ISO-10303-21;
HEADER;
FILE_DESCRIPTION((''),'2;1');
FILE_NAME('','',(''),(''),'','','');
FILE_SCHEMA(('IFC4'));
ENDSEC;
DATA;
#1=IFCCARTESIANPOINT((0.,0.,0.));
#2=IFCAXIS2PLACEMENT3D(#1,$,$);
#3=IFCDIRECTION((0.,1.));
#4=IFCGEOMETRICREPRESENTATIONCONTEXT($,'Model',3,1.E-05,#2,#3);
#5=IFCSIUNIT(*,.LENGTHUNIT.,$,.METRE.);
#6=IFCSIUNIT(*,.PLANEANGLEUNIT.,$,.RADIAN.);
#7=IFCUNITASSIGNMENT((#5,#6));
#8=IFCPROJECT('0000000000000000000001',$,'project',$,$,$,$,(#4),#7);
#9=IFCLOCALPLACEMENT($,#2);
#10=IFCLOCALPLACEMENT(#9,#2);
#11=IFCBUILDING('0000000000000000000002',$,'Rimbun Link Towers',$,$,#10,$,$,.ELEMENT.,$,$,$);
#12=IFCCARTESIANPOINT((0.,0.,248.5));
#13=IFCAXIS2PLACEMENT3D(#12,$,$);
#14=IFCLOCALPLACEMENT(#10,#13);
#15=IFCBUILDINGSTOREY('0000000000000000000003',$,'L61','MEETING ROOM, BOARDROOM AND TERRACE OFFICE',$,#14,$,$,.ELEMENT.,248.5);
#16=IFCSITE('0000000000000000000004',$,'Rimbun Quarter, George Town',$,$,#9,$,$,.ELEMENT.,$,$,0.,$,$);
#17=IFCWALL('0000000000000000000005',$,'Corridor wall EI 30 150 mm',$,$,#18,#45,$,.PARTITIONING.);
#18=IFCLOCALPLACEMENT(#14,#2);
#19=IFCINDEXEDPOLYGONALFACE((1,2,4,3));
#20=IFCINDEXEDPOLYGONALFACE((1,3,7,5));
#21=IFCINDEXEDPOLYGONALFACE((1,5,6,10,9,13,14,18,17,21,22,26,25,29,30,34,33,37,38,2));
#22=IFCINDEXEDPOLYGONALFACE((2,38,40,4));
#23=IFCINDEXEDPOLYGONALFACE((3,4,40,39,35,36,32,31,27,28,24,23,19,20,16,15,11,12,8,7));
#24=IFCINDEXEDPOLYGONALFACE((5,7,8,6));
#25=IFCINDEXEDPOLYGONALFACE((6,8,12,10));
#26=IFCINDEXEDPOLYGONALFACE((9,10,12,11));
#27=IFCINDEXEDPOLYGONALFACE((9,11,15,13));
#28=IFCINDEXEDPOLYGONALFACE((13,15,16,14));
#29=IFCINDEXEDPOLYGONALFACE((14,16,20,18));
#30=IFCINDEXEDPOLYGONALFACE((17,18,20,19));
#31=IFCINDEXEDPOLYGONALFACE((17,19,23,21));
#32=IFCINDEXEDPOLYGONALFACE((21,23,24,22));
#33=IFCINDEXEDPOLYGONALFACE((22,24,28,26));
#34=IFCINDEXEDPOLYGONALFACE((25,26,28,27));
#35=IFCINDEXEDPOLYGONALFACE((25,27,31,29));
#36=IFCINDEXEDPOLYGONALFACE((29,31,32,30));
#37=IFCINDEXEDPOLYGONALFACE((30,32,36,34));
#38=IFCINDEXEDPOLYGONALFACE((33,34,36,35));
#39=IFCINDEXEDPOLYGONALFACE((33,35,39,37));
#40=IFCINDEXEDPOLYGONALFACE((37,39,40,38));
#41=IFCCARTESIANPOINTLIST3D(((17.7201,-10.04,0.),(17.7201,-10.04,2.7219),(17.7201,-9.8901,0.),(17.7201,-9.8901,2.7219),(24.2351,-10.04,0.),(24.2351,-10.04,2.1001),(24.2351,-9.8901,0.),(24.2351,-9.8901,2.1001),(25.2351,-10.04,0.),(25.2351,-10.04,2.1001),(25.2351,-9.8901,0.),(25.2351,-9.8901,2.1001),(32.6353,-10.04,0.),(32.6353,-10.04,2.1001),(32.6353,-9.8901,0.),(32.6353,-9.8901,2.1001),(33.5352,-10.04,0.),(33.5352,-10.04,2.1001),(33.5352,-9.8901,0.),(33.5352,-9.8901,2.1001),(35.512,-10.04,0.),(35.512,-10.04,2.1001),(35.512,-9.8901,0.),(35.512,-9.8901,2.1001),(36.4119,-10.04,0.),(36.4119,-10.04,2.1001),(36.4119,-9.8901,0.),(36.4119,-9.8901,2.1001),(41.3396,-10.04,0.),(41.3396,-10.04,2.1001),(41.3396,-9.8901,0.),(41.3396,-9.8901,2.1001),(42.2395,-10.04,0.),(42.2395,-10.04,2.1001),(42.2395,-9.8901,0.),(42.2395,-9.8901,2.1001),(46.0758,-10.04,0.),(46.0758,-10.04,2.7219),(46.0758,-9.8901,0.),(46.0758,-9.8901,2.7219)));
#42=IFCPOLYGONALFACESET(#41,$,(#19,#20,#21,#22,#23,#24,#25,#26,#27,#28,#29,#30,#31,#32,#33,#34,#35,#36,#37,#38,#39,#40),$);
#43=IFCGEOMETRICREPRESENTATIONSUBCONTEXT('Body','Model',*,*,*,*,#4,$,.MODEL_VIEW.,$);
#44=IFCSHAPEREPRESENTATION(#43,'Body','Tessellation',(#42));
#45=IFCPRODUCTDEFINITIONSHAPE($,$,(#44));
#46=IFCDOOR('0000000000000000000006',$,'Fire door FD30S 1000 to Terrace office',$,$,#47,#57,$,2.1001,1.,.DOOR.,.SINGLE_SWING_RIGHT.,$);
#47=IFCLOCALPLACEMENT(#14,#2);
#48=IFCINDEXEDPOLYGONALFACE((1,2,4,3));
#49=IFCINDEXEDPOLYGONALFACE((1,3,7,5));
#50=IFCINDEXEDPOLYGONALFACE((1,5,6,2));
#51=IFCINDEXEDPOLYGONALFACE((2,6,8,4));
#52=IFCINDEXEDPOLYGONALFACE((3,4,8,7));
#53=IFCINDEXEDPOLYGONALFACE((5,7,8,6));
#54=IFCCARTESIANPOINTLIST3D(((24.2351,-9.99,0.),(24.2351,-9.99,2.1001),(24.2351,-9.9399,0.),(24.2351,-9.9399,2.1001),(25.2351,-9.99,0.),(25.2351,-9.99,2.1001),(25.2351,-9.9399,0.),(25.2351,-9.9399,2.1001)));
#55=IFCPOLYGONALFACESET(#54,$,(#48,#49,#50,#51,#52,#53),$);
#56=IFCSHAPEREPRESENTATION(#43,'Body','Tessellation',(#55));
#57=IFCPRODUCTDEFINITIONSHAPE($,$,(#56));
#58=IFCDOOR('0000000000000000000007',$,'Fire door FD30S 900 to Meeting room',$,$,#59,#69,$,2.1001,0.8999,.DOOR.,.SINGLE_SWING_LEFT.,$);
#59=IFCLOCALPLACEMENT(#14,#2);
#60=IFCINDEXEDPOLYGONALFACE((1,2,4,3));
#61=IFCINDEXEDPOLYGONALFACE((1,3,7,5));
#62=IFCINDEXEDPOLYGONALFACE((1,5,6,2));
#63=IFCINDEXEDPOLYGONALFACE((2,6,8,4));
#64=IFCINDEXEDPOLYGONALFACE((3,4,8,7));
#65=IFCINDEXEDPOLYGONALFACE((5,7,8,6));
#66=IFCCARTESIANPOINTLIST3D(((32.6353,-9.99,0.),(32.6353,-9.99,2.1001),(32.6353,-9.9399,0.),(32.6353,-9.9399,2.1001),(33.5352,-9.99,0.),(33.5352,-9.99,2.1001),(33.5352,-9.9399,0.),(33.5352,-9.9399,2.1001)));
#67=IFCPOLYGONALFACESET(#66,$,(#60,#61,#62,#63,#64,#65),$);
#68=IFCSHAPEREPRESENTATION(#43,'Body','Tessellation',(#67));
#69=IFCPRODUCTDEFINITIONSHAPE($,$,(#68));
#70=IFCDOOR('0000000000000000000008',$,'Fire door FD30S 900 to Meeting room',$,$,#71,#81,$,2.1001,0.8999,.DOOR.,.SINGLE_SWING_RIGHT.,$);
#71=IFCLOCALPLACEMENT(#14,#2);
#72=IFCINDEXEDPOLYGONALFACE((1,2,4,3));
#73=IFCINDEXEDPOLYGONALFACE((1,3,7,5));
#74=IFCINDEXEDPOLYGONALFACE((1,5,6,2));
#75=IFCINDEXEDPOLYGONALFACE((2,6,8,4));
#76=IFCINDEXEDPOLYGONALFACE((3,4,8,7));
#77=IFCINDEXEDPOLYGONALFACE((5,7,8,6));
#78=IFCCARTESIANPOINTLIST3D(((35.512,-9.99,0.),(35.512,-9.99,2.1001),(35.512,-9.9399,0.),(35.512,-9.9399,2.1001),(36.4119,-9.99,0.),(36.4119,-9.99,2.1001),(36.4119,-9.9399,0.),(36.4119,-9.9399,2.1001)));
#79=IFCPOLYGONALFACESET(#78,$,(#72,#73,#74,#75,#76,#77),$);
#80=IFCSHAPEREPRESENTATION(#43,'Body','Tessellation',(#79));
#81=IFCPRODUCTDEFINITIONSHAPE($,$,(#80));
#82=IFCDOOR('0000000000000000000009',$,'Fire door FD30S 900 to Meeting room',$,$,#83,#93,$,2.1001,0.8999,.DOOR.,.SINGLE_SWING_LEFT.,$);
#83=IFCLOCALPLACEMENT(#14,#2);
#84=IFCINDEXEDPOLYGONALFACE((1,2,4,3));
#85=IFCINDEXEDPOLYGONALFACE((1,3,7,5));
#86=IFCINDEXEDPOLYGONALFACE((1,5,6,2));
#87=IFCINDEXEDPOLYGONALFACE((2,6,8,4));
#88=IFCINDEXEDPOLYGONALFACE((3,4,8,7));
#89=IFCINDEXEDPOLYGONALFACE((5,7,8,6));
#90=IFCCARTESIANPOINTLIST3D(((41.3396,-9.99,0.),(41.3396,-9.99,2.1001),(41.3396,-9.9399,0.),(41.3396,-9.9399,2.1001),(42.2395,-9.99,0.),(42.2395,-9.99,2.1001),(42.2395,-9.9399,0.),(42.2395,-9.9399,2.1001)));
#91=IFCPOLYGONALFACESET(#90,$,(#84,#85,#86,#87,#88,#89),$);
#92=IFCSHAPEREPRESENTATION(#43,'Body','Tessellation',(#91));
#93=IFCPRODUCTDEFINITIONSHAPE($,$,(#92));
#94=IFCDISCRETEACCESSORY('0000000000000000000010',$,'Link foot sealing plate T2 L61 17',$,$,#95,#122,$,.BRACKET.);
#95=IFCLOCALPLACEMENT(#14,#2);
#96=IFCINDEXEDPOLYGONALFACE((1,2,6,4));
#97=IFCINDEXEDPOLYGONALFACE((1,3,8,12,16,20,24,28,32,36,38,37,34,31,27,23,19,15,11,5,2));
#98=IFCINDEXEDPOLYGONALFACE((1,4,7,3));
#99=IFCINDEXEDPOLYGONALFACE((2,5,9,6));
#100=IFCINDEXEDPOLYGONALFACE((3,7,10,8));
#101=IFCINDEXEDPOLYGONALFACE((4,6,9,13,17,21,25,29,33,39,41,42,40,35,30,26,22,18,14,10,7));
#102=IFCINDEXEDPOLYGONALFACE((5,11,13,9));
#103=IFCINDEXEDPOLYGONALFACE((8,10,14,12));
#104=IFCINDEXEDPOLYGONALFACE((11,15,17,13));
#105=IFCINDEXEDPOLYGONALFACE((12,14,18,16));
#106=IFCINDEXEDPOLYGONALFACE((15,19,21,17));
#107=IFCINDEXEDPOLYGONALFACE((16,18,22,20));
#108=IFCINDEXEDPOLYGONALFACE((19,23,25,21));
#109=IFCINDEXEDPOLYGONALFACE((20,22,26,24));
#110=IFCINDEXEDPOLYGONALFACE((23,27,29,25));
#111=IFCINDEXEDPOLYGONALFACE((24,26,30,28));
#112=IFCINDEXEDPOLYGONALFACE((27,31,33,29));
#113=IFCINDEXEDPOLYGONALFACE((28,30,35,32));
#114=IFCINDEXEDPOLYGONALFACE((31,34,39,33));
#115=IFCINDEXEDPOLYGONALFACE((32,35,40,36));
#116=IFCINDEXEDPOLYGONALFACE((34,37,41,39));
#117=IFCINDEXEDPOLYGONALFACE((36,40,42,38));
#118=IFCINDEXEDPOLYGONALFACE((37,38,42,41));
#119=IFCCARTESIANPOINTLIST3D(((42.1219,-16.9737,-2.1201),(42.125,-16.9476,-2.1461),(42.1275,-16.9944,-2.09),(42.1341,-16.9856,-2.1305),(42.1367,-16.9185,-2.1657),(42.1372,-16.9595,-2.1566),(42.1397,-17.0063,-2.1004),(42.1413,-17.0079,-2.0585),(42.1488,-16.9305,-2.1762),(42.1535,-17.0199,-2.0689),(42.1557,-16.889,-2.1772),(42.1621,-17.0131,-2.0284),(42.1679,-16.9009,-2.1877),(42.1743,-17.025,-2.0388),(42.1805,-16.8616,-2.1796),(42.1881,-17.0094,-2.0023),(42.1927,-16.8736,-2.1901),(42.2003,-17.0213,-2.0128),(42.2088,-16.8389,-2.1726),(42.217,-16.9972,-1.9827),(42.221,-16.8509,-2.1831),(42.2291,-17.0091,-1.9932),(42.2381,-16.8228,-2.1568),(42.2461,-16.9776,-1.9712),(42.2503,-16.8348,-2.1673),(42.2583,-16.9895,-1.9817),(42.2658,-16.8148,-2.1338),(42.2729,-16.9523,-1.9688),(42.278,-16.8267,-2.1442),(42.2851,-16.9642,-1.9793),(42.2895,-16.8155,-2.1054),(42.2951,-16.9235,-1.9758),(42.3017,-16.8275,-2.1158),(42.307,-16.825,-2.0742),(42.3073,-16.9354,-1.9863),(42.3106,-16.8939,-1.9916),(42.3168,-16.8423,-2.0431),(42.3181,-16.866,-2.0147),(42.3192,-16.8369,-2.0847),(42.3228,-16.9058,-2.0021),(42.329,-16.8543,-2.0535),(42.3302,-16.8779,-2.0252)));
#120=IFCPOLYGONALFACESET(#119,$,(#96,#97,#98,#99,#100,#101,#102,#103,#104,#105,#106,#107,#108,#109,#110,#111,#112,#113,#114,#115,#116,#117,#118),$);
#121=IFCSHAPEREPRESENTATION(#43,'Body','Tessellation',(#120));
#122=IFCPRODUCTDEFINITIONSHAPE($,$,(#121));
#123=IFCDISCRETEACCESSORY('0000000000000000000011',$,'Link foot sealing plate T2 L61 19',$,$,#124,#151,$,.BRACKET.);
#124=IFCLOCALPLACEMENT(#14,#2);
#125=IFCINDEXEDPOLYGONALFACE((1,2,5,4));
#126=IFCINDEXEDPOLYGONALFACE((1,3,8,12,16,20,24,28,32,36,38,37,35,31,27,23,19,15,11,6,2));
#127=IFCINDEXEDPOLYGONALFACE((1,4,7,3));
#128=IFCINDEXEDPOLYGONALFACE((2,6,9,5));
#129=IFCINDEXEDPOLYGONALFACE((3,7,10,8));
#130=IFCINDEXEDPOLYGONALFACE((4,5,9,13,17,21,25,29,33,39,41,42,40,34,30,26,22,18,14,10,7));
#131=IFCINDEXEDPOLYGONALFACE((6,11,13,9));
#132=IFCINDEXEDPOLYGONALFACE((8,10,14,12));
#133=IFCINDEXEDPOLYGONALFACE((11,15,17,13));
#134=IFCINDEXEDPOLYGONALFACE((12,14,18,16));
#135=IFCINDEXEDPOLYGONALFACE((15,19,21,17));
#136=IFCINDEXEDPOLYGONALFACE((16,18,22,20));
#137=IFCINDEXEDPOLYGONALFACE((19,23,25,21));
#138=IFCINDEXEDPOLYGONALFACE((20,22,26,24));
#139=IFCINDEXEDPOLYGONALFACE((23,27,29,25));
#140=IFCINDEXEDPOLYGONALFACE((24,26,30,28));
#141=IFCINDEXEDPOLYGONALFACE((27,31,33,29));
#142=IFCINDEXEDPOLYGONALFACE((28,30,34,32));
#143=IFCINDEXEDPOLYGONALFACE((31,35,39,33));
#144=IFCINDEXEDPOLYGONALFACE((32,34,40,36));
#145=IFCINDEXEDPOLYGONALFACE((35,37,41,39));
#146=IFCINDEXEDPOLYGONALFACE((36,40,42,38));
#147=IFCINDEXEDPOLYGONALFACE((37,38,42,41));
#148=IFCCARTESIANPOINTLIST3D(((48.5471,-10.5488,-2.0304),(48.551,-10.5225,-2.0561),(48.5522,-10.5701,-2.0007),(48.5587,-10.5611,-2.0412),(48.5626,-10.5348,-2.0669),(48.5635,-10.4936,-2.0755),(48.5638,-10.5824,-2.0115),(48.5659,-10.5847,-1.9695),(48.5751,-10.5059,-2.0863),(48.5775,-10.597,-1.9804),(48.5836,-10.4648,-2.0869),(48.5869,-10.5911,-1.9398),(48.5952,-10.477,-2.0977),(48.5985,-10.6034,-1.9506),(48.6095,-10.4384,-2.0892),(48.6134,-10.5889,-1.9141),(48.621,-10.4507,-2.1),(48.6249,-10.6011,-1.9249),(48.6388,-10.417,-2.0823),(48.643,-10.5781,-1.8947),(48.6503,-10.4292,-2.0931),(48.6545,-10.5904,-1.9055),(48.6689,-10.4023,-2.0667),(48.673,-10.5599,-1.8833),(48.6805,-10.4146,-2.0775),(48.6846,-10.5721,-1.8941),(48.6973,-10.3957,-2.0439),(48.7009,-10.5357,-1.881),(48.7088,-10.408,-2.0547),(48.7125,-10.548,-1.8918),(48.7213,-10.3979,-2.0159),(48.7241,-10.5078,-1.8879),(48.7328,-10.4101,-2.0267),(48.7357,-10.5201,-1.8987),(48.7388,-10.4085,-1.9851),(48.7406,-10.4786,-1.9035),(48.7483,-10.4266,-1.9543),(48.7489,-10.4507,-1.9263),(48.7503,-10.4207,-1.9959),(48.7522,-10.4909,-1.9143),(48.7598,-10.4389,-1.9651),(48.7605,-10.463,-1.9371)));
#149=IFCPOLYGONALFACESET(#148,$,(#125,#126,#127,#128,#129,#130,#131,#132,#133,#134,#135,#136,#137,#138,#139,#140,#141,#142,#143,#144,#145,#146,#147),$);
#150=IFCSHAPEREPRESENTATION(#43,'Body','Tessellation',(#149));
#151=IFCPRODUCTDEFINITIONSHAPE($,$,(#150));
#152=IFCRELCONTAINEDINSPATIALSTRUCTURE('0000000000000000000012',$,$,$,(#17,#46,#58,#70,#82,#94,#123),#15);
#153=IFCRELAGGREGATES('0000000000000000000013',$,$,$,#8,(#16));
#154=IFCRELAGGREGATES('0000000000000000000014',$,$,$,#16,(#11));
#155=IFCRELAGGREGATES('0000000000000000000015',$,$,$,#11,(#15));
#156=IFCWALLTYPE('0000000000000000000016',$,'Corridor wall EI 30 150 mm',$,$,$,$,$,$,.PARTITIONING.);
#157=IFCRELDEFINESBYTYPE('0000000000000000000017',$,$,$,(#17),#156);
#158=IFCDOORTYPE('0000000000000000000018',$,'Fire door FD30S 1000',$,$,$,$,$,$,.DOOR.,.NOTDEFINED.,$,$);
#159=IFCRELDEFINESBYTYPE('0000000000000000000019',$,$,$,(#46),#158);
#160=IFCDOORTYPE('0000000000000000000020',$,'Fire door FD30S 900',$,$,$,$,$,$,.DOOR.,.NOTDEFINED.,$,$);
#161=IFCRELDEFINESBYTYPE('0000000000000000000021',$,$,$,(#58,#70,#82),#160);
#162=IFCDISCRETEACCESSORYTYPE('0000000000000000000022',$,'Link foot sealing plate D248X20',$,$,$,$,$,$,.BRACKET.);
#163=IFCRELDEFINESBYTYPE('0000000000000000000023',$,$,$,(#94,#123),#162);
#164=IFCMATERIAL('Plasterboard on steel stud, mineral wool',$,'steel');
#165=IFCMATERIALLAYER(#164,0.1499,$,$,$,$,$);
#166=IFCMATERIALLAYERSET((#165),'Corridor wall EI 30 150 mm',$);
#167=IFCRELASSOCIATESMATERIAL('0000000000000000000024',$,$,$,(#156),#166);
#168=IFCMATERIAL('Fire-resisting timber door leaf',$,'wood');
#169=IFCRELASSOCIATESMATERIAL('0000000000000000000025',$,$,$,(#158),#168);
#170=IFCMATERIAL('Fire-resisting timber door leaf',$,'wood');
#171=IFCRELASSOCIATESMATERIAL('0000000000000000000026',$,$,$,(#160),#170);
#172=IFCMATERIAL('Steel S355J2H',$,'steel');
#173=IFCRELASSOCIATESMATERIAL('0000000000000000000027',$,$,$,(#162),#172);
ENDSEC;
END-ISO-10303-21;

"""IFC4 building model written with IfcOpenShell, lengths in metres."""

from ifc_helpers import new_model, si_unit, direction, frame, frame_2d, origin, origin_2d, place, context, subcontext, project, spatial, rectangle, circle, extrude, material, layer, layer_set, material_profile, profile_set, type_object, element, fill, save


model = new_model("IFC4")

# Units and contexts
model_context = context("Model", 3, precision=1e-05, world=origin(), true_north=direction((0.0, 1.0)))
body_context = subcontext(model_context, "Body", "Model", "MODEL_VIEW")
ifc_project = project(units=[si_unit("LENGTHUNIT", "METRE"), si_unit("PLANEANGLEUNIT", "RADIAN")], contexts=[model_context])

# Site, building, storey
site_placement = place(None, origin())
site = spatial("IfcSite", under=ifc_project, at=site_placement, Name="Rimbun Quarter, George Town", CompositionType="ELEMENT", RefElevation=0.0)
building_placement = place(site_placement, origin())
building = spatial("IfcBuilding", under=site, at=building_placement, Name="Rimbun Link Towers", CompositionType="ELEMENT")
storey_placement = place(building_placement, frame((0.0, 0.0, 248.5)))
storey = spatial("IfcBuildingStorey", under=building, at=storey_placement, Name="L61", Description="MEETING ROOM, BOARDROOM AND TERRACE OFFICE", CompositionType="ELEMENT", Elevation=248.5)

# Shared definitions
ifc_material_1 = material(Name="Plasterboard on steel stud, mineral wool", Category="steel")
ifc_layer_1 = layer(ifc_material_1, 0.1499)
ifc_layer_set_1 = layer_set([ifc_layer_1], Name="Corridor wall EI 30 150 mm")
wall_type = type_object("IfcWallType", Name="Corridor wall EI 30 150 mm", PredefinedType="PARTITIONING", material=ifc_layer_set_1)

# Wall, openings, doors
wall_1_placement = place(storey_placement, frame((46.0757, -9.9651, 0.0), z_axis=(0.0, 0.0, 1.0), x_axis=(-1.0, 0.0, 0.0)))
wall_1 = element("IfcWall", 1, at=wall_1_placement, inside=storey, type_object=wall_type, Name="Corridor wall EI 30 150 mm", PredefinedType="PARTITIONING", context=body_context, shape_type="SweptSolid", body=[
    extrude(rectangle(XDim=28.3557, YDim=0.1499, at=frame_2d((14.1777, 0.0))), origin(), (0.0, 0.0, 1.0), 2.7219),
])
opening_1_placement = place(wall_1_placement, frame((12.5405, 0.0, 0.0)))
opening_1 = element("IfcOpeningElement", 2, at=opening_1_placement, cuts=wall_1, PredefinedType="OPENING", context=body_context, shape_type="SweptSolid", body=[
    extrude(rectangle(XDim=0.8999, YDim=2.1001, at=frame_2d((0.45, 1.05))), frame((0.0, 0.085, 0.0), z_axis=(0.0, -1.0, 0.0), x_axis=(1.0, 0.0, 0.0)), (0.0, 0.0, 1.0), 0.1699),
])
opening_2_placement = place(wall_1_placement, frame((9.6638, 0.0, 0.0)))
opening_2 = element("IfcOpeningElement", 3, at=opening_2_placement, cuts=wall_1, PredefinedType="OPENING", context=body_context, shape_type="SweptSolid", body=[
    extrude(rectangle(XDim=0.8999, YDim=2.1001, at=frame_2d((0.45, 1.05))), frame((0.0, 0.085, 0.0), z_axis=(0.0, -1.0, 0.0), x_axis=(1.0, 0.0, 0.0)), (0.0, 0.0, 1.0), 0.1699),
])
opening_3_placement = place(wall_1_placement, frame((3.8362, 0.0, 0.0)))
opening_3 = element("IfcOpeningElement", 4, at=opening_3_placement, cuts=wall_1, PredefinedType="OPENING", context=body_context, shape_type="SweptSolid", body=[
    extrude(rectangle(XDim=0.8999, YDim=2.1001, at=frame_2d((0.45, 1.05))), frame((0.0, 0.085, 0.0), z_axis=(0.0, -1.0, 0.0), x_axis=(1.0, 0.0, 0.0)), (0.0, 0.0, 1.0), 0.1699),
])
opening_4_placement = place(wall_1_placement, frame((20.8406, 0.0, 0.0)))
opening_4 = element("IfcOpeningElement", 5, at=opening_4_placement, cuts=wall_1, PredefinedType="OPENING", context=body_context, shape_type="SweptSolid", body=[
    extrude(rectangle(XDim=1.0, YDim=2.1001, at=frame_2d((0.5, 1.05))), frame((0.0, 0.085, 0.0), z_axis=(0.0, -1.0, 0.0), x_axis=(1.0, 0.0, 0.0)), (0.0, 0.0, 1.0), 0.1699),
])
ifc_material_2 = material(Name="Fire-resisting timber door leaf", Category="wood")
door_type_1 = type_object("IfcDoorType", Name="Fire door FD30S 1000", OperationType="NOTDEFINED", PredefinedType="DOOR", material=ifc_material_2)
door_1_placement = place(opening_4_placement, origin())
door_1 = element("IfcDoor", 6, at=door_1_placement, inside=storey, type_object=door_type_1, Name="Fire door FD30S 1000 to Terrace office", OperationType="SINGLE_SWING_RIGHT", OverallHeight=2.1001, OverallWidth=1.0, PredefinedType="DOOR", context=body_context, shape_type="SweptSolid", body=[
    extrude(rectangle(XDim=1.0, YDim=2.1001, at=frame_2d((0.5, 1.05))), frame((0.0, 0.0249, 0.0), z_axis=(0.0, -1.0, 0.0), x_axis=(1.0, 0.0, 0.0)), (0.0, 0.0, 1.0), 0.05),
])
fill(opening_4, door_1)
ifc_material_3 = material(Name="Fire-resisting timber door leaf", Category="wood")
door_type_2 = type_object("IfcDoorType", Name="Fire door FD30S 900", OperationType="NOTDEFINED", PredefinedType="DOOR", material=ifc_material_3)
door_2_placement = place(opening_1_placement, origin())
door_2 = element("IfcDoor", 7, at=door_2_placement, inside=storey, type_object=door_type_2, Name="Fire door FD30S 900 to Meeting room", OperationType="SINGLE_SWING_LEFT", OverallHeight=2.1001, OverallWidth=0.8999, PredefinedType="DOOR", context=body_context, shape_type="SweptSolid", body=[
    extrude(rectangle(XDim=0.8999, YDim=2.1001, at=frame_2d((0.45, 1.05))), frame((0.0, 0.0249, 0.0), z_axis=(0.0, -1.0, 0.0), x_axis=(1.0, 0.0, 0.0)), (0.0, 0.0, 1.0), 0.05),
])
fill(opening_1, door_2)
door_3_placement = place(opening_2_placement, origin())
door_3 = element("IfcDoor", 8, at=door_3_placement, inside=storey, type_object=door_type_2, Name="Fire door FD30S 900 to Meeting room", OperationType="SINGLE_SWING_RIGHT", OverallHeight=2.1001, OverallWidth=0.8999, PredefinedType="DOOR", context=body_context, shape_type="SweptSolid", body=[
    extrude(rectangle(XDim=0.8999, YDim=2.1001, at=frame_2d((0.45, 1.05))), frame((0.0, 0.0249, 0.0), z_axis=(0.0, -1.0, 0.0), x_axis=(1.0, 0.0, 0.0)), (0.0, 0.0, 1.0), 0.05),
])
fill(opening_2, door_3)
door_4_placement = place(opening_3_placement, origin())
door_4 = element("IfcDoor", 9, at=door_4_placement, inside=storey, type_object=door_type_2, Name="Fire door FD30S 900 to Meeting room", OperationType="SINGLE_SWING_LEFT", OverallHeight=2.1001, OverallWidth=0.8999, PredefinedType="DOOR", context=body_context, shape_type="SweptSolid", body=[
    extrude(rectangle(XDim=0.8999, YDim=2.1001, at=frame_2d((0.45, 1.05))), frame((0.0, 0.0249, 0.0), z_axis=(0.0, -1.0, 0.0), x_axis=(1.0, 0.0, 0.0)), (0.0, 0.0, 1.0), 0.05),
])
fill(opening_3, door_4)

# Discrete accessories
ifc_material_4 = material(Name="Steel S355J2H", Category="steel")
ifc_material_profile_1 = material_profile(ifc_material_4, circle(Radius=0.124, at=origin_2d()), Name="PL D248")
ifc_profile_set_1 = profile_set([ifc_material_profile_1], Name="Steel S355J2H")
discrete_accessory_type = type_object("IfcDiscreteAccessoryType", Name="Link foot sealing plate D248X20", PredefinedType="BRACKET", material=ifc_profile_set_1)
for number, where, z_axis, x_axis, name in (
    (10, (42.2202, -16.9136, -2.0742), (0.608581, -0.596409, -0.523379), (0.699929, 0.714213, 0.0), "Link foot sealing plate T2 L61 17"),
    (11, (48.6484, -10.4934, -1.9851), (0.576568, -0.61337, -0.539766), (0.728628, 0.68491, 0.0), "Link foot sealing plate T2 L61 19"),
):
    element("IfcDiscreteAccessory", number, at=place(storey_placement, frame(where, z_axis=z_axis, x_axis=x_axis)), inside=storey, type_object=discrete_accessory_type, Name=name, PredefinedType="BRACKET", context=body_context, shape_type="SweptSolid", body=[
        extrude(circle(Radius=0.124, at=origin_2d()), origin(), (0.0, 0.0, 1.0), 0.02),
    ])

save(model, "model.ifc")
